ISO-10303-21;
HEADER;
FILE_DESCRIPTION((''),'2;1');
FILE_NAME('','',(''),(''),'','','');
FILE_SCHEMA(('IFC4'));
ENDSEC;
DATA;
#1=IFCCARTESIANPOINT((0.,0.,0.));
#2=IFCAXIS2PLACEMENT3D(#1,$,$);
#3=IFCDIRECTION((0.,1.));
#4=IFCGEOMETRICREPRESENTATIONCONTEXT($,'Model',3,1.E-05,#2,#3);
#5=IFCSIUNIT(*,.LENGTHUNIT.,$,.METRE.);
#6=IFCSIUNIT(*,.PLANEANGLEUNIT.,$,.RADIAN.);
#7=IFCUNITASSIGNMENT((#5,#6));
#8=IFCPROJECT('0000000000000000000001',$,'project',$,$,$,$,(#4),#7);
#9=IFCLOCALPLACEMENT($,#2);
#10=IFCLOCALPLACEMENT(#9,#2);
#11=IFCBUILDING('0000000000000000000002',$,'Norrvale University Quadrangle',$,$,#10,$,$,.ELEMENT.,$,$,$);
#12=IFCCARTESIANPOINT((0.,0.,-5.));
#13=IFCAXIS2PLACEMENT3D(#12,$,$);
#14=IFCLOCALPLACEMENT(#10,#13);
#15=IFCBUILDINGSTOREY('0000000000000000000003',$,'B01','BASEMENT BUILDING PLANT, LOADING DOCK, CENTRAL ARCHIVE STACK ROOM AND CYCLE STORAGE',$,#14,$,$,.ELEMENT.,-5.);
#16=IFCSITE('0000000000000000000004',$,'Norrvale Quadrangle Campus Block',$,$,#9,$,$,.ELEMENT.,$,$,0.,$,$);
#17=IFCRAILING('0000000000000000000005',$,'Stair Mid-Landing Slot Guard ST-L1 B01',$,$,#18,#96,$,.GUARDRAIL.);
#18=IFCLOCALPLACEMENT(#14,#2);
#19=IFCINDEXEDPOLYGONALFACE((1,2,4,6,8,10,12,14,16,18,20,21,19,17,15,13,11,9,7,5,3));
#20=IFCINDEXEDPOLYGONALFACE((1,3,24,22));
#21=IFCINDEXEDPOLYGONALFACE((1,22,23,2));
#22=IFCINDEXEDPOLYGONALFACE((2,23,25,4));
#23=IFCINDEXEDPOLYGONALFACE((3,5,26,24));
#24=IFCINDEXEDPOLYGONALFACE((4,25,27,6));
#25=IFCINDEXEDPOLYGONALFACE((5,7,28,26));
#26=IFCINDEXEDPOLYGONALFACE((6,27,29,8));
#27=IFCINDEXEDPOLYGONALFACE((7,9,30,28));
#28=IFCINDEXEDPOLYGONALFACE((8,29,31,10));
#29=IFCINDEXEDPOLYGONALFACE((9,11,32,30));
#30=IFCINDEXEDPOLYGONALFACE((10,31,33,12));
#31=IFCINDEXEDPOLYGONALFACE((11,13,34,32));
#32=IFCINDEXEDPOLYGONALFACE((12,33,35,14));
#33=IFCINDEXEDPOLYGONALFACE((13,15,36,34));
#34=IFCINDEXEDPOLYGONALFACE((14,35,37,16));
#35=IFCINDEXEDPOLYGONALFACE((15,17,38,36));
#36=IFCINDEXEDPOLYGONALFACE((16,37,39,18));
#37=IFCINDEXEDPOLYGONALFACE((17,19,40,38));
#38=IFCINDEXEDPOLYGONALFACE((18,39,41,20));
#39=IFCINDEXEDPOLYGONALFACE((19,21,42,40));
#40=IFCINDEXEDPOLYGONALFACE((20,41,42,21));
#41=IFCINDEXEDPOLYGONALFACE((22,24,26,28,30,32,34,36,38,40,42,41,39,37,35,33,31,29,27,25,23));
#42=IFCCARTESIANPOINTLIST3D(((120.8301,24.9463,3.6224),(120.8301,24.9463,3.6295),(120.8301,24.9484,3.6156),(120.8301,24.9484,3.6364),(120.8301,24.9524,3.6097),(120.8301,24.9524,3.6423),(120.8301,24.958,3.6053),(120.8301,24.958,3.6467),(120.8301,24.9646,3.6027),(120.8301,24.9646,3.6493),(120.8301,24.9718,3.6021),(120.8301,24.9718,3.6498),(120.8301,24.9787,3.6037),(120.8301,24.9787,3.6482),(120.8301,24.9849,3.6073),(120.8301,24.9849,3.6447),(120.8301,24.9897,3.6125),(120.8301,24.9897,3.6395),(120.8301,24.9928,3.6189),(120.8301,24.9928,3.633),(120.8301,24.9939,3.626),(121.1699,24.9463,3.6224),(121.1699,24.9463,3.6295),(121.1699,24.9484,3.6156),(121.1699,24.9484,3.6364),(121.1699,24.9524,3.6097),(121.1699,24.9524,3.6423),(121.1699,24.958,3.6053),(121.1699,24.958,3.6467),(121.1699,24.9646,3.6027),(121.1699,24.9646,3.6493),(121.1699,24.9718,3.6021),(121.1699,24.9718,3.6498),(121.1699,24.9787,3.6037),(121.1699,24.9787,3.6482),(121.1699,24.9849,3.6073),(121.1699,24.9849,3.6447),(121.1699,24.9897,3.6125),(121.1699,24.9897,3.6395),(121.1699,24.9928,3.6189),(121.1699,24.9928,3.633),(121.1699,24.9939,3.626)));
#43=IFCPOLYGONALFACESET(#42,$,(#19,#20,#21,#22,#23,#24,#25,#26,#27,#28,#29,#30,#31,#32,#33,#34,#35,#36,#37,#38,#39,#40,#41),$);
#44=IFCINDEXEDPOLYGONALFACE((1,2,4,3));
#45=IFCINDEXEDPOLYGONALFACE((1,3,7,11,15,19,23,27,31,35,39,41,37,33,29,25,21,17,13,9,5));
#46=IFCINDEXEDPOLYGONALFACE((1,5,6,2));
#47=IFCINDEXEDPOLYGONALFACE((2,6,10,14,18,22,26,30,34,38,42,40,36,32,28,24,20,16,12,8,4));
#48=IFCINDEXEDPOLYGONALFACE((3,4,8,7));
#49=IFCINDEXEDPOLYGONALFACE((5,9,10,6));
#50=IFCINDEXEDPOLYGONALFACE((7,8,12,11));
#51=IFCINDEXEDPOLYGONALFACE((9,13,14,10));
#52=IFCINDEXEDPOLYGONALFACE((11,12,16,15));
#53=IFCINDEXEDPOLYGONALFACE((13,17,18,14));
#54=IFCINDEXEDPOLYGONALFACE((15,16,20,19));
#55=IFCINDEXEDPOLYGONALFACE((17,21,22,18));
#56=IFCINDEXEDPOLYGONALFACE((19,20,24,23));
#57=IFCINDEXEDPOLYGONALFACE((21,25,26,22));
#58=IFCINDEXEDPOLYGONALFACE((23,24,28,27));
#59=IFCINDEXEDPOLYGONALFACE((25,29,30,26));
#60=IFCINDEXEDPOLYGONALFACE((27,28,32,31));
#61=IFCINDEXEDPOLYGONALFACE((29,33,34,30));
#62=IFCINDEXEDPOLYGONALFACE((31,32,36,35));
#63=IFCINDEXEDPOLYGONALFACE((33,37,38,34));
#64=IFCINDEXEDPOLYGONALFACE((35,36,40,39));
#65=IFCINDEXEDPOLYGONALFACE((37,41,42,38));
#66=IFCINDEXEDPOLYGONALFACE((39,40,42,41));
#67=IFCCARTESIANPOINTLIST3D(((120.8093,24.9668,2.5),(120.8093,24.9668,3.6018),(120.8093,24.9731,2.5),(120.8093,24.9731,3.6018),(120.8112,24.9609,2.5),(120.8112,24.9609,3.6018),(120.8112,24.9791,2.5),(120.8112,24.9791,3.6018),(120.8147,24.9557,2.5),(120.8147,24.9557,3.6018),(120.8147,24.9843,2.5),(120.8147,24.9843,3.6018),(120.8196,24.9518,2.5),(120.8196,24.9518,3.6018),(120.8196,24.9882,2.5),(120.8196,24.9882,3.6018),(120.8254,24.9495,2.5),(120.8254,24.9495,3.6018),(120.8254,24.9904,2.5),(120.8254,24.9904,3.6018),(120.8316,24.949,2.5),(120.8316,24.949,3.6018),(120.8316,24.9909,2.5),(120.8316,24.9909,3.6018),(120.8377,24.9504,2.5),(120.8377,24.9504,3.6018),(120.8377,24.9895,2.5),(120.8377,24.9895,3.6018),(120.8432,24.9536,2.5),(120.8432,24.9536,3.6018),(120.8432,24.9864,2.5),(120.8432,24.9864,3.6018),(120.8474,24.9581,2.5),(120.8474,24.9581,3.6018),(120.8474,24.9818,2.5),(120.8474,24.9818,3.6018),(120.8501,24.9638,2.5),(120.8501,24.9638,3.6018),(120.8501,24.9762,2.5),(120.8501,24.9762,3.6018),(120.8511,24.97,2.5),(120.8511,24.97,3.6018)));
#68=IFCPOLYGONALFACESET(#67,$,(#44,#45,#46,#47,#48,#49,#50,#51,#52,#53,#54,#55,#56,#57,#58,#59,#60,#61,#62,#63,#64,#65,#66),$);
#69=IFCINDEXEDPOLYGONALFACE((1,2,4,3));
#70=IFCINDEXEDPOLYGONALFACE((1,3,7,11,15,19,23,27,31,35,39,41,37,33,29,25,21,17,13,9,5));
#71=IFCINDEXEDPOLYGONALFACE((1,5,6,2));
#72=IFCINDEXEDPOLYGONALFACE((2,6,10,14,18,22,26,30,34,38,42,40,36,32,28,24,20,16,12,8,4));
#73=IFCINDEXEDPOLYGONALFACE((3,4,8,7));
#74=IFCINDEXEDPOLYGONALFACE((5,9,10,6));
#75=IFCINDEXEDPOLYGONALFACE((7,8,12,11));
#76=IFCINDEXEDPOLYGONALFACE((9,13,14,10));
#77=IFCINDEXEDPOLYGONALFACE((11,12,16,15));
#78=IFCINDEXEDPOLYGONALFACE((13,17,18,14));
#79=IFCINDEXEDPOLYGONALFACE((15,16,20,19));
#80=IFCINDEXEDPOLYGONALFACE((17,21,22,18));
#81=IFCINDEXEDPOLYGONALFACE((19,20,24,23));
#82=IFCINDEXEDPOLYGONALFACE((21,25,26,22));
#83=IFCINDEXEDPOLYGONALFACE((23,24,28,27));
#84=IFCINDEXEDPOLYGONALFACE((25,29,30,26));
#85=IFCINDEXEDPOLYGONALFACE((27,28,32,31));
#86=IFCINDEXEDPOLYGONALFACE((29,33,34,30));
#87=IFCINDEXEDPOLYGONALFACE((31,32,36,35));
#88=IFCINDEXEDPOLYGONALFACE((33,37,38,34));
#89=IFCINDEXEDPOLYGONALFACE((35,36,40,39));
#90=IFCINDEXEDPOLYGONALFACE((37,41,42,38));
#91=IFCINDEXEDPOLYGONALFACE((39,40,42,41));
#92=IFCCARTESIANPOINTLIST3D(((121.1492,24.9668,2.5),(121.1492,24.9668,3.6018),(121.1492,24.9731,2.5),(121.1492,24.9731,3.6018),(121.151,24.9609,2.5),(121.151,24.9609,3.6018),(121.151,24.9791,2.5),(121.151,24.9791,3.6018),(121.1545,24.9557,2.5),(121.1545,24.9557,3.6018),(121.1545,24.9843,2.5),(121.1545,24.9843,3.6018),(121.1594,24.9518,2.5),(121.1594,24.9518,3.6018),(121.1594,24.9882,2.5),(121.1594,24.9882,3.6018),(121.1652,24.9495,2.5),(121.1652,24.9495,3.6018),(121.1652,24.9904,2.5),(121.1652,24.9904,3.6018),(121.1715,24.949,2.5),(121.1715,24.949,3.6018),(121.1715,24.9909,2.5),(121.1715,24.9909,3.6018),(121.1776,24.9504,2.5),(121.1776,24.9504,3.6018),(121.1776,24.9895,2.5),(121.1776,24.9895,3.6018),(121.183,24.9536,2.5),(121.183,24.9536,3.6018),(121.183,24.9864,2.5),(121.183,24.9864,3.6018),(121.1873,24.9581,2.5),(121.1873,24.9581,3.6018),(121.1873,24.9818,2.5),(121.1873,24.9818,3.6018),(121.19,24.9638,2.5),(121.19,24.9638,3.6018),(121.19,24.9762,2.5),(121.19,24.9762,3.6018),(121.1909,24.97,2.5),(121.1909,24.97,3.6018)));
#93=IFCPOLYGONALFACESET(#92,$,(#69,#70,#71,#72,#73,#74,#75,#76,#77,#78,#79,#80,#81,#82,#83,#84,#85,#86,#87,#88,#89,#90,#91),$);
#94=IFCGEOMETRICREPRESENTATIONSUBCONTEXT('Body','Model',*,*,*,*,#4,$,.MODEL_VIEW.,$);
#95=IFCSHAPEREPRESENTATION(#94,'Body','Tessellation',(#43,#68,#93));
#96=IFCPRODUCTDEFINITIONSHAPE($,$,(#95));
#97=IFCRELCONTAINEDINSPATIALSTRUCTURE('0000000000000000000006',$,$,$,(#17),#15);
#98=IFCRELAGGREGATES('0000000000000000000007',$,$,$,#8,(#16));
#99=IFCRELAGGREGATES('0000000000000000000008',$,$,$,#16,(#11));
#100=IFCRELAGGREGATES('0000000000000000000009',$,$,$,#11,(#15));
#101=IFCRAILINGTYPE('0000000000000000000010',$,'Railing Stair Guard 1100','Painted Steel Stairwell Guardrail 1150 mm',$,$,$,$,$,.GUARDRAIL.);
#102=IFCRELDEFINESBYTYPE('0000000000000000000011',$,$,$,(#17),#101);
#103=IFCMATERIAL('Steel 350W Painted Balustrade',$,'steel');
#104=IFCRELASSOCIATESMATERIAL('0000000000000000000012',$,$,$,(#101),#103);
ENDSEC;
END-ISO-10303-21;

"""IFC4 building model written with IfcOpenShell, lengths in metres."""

from ifc_helpers import new_model, si_unit, direction, frame, origin, origin_2d, place, context, subcontext, project, spatial, circle, extrude, material, type_object, element, save


model = new_model("IFC4")

# Units and contexts
model_context = context("Model", 3, precision=1e-05, world=origin(), true_north=direction((0.0, 1.0)))
body_context = subcontext(model_context, "Body", "Model", "MODEL_VIEW")
ifc_project = project(units=[si_unit("LENGTHUNIT", "METRE"), si_unit("PLANEANGLEUNIT", "RADIAN")], contexts=[model_context])

# Site, building, storey
site_placement = place(None, origin())
site = spatial("IfcSite", under=ifc_project, at=site_placement, Name="Norrvale Quadrangle Campus Block", CompositionType="ELEMENT", RefElevation=0.0)
building_placement = place(site_placement, origin())
building = spatial("IfcBuilding", under=site, at=building_placement, Name="Norrvale University Quadrangle", CompositionType="ELEMENT")
storey_placement = place(building_placement, frame((0.0, 0.0, -5.0)))
storey = spatial("IfcBuildingStorey", under=building, at=storey_placement, Name="B01", Description="BASEMENT BUILDING PLANT, LOADING DOCK, CENTRAL ARCHIVE STACK ROOM AND CYCLE STORAGE", CompositionType="ELEMENT", Elevation=-5.0)

# Railing
ifc_material_1 = material(Name="Steel 350W Painted Balustrade", Category="steel")
railing_type_1 = type_object("IfcRailingType", Name="Railing Stair Guard 1100", Description="Painted Steel Stairwell Guardrail 1150 mm", PredefinedType="GUARDRAIL", material=ifc_material_1)
for number, where, name in (
    (1, (120.8301, 24.97, 2.5), "Stair Mid-Landing Slot Guard ST-L1 B01"),
):
    element("IfcRailing", number, at=place(storey_placement, frame(where)), inside=storey, type_object=railing_type_1, Name=name, PredefinedType="GUARDRAIL", context=body_context, shape_type="SweptSolid", body=[
        extrude(circle(Radius=0.0239, at=origin_2d()), frame((0.0, 0.0, 1.126), z_axis=(1.0, 0.0, 0.0), x_axis=(0.0, 1.0, 0.0)), (0.0, 0.0, 1.0), 0.3398),
        extrude(circle(Radius=0.021, at=origin_2d()), origin(), (0.0, 0.0, 1.0), 1.1018),
        extrude(circle(Radius=0.021, at=origin_2d()), frame((0.3398, 0.0, 0.0)), (0.0, 0.0, 1.0), 1.1018),
    ])

save(model, "model.ifc")
